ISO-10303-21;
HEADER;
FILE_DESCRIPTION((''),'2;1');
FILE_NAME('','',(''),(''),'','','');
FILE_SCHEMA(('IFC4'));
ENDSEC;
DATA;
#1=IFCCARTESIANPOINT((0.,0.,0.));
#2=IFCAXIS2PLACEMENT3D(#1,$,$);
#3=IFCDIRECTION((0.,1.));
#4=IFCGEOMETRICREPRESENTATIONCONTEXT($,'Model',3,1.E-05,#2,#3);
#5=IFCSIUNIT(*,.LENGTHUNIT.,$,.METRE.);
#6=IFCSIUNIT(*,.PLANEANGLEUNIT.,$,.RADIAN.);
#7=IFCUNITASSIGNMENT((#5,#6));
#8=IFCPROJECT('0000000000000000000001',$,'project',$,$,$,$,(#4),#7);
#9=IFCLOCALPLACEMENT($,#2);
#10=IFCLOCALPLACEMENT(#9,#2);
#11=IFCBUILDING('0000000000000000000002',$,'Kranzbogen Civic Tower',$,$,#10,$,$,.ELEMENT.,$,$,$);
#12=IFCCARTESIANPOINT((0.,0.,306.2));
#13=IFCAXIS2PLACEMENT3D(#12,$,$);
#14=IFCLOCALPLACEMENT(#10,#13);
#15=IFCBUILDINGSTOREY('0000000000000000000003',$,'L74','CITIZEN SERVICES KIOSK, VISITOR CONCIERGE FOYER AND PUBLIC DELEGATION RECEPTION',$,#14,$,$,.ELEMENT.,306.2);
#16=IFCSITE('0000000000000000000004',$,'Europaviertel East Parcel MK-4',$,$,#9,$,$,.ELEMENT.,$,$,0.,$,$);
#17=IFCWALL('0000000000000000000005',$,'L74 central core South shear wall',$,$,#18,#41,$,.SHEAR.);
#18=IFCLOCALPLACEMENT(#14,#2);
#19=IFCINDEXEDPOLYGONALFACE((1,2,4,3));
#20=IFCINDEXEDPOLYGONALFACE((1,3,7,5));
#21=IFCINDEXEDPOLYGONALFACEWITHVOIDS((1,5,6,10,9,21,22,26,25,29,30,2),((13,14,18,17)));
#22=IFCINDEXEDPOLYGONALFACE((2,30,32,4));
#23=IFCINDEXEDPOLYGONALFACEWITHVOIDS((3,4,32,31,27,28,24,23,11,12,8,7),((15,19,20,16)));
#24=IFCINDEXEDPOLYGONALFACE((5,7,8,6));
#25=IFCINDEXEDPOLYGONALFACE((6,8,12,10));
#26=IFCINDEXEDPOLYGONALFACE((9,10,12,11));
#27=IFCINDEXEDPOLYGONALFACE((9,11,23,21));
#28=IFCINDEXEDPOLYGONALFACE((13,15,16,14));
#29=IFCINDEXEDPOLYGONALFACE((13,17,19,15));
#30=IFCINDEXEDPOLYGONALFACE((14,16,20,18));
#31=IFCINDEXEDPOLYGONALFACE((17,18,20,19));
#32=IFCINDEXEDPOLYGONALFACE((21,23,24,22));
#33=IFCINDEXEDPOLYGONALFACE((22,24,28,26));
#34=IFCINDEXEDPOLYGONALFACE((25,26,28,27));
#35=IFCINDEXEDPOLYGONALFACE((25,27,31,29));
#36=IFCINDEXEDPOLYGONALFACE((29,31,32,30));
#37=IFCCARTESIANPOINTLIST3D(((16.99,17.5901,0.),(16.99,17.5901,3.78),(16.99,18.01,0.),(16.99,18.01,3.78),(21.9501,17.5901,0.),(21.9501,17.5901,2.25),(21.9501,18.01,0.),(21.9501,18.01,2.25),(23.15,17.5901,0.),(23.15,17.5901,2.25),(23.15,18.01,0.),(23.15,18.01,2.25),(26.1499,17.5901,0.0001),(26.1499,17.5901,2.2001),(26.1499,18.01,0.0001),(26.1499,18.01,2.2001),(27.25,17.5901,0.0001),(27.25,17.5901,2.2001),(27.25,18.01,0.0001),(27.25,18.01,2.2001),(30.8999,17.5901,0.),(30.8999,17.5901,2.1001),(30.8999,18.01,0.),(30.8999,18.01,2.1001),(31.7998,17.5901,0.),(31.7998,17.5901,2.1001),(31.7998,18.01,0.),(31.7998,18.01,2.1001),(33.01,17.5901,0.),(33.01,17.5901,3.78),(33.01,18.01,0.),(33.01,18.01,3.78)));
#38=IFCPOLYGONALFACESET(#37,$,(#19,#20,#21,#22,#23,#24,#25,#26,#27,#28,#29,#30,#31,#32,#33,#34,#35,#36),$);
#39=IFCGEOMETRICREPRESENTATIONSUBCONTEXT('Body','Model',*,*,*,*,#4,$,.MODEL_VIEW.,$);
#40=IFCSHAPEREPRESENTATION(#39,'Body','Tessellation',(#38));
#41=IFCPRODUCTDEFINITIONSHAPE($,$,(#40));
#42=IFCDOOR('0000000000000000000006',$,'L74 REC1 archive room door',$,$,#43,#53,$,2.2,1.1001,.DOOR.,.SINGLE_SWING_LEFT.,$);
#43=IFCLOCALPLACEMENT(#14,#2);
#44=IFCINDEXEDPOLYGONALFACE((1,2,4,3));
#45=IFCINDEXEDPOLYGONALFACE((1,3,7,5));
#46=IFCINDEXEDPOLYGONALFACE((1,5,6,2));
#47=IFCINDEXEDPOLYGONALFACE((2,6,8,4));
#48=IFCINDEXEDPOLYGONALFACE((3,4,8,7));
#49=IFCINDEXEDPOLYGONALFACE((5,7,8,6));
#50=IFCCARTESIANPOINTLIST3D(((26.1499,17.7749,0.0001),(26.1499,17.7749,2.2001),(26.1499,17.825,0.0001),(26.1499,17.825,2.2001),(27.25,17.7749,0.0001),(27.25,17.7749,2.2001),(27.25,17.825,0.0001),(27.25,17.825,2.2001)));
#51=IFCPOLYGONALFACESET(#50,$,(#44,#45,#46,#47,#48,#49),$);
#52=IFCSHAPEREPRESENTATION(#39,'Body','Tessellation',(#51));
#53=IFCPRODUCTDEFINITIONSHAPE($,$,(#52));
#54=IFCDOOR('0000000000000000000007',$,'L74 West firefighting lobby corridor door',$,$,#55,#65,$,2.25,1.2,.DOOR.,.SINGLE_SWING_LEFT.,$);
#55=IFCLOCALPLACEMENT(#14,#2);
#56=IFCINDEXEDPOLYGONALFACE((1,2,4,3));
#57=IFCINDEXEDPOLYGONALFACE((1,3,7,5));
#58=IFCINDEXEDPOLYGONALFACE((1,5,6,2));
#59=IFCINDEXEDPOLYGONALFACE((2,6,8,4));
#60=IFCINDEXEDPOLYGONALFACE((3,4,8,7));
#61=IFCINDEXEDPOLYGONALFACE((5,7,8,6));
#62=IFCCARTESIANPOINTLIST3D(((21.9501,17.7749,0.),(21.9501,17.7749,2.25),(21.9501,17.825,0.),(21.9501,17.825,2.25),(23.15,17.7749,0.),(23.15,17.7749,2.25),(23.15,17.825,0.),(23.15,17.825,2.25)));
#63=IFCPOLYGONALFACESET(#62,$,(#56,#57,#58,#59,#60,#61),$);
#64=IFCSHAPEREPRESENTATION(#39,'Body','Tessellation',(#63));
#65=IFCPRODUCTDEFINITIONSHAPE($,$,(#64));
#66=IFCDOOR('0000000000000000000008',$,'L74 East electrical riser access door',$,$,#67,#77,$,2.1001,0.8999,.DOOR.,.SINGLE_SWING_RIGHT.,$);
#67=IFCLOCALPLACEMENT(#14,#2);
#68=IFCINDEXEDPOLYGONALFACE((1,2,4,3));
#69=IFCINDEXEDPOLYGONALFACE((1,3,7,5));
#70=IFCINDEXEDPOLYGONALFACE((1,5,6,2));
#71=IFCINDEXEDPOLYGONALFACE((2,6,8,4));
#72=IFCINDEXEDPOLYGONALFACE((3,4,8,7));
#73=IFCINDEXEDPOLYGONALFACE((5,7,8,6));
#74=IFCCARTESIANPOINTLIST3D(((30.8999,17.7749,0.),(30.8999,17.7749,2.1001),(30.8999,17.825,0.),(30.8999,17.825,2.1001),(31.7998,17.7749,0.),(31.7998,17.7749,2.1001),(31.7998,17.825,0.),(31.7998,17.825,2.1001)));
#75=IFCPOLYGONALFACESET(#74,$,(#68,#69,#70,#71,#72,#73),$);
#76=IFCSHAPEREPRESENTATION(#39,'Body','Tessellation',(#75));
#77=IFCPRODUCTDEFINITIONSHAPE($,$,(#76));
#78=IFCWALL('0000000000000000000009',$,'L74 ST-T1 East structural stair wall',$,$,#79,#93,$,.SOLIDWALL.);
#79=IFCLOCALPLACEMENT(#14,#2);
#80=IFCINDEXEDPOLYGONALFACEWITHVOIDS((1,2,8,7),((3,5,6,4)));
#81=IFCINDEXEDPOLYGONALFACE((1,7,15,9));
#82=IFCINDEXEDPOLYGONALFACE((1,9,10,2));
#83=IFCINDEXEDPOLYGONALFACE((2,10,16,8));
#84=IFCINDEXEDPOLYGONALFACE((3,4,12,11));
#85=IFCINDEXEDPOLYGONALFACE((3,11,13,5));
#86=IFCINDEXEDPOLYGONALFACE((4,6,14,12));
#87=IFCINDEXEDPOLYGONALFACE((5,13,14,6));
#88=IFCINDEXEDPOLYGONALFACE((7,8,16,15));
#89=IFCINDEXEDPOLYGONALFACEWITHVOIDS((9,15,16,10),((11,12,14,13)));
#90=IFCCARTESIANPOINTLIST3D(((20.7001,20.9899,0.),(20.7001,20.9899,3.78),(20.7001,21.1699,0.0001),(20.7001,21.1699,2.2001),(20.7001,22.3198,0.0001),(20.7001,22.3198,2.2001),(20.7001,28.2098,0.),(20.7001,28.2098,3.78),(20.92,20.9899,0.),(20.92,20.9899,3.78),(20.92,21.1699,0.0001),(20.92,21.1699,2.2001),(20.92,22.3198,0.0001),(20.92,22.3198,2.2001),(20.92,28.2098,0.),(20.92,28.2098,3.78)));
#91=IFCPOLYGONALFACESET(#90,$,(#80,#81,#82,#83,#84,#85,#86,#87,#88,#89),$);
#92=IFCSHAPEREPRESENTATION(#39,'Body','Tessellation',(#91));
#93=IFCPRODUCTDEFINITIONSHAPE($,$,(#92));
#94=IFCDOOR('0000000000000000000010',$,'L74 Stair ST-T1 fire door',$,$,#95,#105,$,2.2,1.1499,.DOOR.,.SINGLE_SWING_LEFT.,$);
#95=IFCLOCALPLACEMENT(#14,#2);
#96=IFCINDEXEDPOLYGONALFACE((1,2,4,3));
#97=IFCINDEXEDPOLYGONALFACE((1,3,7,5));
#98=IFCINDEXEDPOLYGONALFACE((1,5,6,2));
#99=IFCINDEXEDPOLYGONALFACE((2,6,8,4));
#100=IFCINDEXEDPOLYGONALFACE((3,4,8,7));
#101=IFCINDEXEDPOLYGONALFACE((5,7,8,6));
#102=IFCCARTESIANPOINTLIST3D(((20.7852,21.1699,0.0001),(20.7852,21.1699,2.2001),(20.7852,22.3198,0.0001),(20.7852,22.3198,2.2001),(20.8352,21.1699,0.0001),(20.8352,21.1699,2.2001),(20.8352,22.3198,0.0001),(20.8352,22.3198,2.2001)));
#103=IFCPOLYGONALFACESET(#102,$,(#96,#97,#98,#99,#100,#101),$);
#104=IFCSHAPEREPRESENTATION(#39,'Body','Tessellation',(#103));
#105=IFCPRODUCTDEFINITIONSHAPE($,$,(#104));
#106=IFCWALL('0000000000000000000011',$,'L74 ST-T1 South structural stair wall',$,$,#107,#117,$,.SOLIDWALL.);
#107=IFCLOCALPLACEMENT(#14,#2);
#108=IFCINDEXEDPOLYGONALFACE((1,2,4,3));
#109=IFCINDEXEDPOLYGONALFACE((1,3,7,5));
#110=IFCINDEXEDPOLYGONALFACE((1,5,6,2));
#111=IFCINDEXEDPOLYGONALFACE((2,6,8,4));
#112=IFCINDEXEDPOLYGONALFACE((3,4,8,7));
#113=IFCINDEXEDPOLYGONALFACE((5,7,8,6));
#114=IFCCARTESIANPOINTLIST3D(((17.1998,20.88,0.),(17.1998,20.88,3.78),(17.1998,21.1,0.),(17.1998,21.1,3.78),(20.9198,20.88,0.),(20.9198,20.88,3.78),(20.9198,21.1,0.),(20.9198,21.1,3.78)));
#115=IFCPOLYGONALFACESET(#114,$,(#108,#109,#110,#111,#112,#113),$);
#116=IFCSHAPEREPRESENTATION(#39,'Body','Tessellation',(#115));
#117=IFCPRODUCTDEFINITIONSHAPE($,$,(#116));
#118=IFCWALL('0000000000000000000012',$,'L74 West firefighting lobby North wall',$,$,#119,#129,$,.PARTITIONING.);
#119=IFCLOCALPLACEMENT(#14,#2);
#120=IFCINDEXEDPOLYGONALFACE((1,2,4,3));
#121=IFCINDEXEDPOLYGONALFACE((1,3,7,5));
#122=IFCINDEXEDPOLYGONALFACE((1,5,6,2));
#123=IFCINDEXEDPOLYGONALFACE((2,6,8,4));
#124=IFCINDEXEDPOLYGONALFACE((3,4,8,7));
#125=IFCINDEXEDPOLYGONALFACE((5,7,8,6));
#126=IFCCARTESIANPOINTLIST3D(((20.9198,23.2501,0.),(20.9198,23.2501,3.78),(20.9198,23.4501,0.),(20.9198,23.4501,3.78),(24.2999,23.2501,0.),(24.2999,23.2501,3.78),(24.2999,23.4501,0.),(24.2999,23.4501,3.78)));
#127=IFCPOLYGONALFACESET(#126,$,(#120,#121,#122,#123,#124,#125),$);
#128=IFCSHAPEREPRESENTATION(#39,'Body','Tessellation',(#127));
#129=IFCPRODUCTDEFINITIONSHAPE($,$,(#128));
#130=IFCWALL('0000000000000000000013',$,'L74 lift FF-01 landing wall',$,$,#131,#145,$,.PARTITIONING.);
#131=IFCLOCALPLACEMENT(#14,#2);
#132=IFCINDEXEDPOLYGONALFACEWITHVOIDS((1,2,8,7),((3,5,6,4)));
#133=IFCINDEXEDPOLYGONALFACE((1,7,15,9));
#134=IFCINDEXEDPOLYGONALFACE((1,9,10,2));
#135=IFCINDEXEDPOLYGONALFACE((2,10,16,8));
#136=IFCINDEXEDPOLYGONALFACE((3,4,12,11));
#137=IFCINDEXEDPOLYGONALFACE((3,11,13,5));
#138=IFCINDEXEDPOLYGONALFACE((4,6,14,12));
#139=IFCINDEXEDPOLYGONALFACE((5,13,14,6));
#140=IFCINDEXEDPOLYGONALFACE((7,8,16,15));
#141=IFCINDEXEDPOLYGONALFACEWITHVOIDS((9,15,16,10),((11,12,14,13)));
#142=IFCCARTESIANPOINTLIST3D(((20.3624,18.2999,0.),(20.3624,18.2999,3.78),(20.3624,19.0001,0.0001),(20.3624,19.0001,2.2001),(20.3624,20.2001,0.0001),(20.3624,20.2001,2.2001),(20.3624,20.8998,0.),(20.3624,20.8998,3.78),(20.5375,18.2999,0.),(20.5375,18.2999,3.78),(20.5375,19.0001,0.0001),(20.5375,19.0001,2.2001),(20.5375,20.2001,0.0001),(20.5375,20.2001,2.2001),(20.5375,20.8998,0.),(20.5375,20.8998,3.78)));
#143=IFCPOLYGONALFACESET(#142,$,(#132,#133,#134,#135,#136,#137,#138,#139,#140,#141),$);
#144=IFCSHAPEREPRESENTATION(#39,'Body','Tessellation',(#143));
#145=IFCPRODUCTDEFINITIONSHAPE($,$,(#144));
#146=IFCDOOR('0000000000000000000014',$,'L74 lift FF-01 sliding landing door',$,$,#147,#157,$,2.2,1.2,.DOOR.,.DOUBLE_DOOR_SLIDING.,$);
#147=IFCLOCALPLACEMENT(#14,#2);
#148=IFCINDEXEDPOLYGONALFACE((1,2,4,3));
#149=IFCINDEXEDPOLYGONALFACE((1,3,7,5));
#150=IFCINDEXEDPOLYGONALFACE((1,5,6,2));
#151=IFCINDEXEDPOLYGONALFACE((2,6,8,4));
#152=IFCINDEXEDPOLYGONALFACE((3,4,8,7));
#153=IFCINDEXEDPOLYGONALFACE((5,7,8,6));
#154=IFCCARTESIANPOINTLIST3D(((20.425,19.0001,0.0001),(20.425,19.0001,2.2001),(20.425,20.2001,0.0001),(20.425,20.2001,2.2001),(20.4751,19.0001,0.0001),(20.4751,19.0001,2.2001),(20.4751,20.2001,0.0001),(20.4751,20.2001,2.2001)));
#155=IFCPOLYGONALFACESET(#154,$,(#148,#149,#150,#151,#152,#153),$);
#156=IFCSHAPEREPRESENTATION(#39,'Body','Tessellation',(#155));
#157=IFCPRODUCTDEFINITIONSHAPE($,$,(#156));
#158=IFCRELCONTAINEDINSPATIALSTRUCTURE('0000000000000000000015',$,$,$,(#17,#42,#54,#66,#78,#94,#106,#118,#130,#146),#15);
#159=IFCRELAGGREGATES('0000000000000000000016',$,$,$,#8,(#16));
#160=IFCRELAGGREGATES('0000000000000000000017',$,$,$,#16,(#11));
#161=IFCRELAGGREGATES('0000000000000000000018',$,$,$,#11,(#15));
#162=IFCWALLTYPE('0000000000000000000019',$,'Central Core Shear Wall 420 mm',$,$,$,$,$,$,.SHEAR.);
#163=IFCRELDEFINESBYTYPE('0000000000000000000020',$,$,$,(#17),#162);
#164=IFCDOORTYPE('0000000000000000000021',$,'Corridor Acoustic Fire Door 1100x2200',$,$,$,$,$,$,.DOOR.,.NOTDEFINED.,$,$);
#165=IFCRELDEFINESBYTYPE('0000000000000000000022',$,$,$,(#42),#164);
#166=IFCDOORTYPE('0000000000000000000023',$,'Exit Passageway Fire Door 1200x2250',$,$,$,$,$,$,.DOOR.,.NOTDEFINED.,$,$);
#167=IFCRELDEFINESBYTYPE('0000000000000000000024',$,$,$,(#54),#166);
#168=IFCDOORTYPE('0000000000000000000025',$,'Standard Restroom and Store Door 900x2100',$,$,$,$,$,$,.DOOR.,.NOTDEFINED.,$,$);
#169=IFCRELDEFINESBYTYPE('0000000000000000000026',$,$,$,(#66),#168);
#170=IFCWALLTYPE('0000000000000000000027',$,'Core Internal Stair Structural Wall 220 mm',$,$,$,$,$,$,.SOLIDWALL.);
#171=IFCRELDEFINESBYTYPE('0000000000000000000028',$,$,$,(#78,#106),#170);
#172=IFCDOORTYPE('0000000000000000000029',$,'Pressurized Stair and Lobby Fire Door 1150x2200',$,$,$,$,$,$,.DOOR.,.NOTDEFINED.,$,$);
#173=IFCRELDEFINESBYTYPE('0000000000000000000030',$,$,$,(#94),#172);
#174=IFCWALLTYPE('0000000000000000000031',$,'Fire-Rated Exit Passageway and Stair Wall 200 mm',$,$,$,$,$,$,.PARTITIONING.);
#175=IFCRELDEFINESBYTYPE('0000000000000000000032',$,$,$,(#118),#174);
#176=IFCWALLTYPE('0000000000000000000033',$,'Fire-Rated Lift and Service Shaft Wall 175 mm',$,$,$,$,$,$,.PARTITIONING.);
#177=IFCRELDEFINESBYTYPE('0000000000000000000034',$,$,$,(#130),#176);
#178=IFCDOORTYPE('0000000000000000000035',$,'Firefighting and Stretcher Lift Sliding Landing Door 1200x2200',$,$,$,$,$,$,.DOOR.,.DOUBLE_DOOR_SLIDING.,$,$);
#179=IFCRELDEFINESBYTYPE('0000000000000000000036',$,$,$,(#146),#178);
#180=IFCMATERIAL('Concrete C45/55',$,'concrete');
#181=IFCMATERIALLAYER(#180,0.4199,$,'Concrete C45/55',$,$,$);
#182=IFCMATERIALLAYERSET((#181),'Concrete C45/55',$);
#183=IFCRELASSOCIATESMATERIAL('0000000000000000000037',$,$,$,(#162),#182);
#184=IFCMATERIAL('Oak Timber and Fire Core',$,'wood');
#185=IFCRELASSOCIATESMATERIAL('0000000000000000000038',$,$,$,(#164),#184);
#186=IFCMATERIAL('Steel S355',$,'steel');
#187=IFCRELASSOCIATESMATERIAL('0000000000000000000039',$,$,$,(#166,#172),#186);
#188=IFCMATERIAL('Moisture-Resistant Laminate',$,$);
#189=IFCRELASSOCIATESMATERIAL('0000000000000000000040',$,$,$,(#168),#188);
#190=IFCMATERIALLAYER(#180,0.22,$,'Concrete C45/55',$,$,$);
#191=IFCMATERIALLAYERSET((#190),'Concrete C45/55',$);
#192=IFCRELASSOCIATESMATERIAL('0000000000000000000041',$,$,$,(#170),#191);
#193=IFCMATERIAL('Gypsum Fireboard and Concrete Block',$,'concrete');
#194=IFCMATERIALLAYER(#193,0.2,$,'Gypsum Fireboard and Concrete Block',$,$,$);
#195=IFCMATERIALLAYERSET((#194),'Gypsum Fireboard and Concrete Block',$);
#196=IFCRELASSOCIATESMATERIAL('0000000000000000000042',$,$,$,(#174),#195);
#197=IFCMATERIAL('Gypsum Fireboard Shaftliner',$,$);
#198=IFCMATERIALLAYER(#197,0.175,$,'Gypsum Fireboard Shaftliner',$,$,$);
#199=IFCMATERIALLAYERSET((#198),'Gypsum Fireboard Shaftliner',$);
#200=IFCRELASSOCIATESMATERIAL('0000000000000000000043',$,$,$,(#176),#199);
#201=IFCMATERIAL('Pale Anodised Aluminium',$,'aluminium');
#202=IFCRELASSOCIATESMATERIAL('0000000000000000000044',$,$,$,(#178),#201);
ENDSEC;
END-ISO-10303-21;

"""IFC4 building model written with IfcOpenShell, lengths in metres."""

from ifc_helpers import new_model, si_unit, direction, frame, frame_2d, origin, place, context, subcontext, project, spatial, rectangle, extrude, material, layer, layer_set, type_object, element, fill, save


model = new_model("IFC4")

# Units and contexts
model_context = context("Model", 3, precision=1e-05, world=origin(), true_north=direction((0.0, 1.0)))
body_context = subcontext(model_context, "Body", "Model", "MODEL_VIEW")
ifc_project = project(units=[si_unit("LENGTHUNIT", "METRE"), si_unit("PLANEANGLEUNIT", "RADIAN")], contexts=[model_context])

# Site, building, storey
site_placement = place(None, origin())
site = spatial("IfcSite", under=ifc_project, at=site_placement, Name="Europaviertel East Parcel MK-4", CompositionType="ELEMENT", RefElevation=0.0)
building_placement = place(site_placement, origin())
building = spatial("IfcBuilding", under=site, at=building_placement, Name="Kranzbogen Civic Tower", CompositionType="ELEMENT")
storey_placement = place(building_placement, frame((0.0, 0.0, 306.2)))
storey = spatial("IfcBuildingStorey", under=building, at=storey_placement, Name="L74", Description="CITIZEN SERVICES KIOSK, VISITOR CONCIERGE FOYER AND PUBLIC DELEGATION RECEPTION", CompositionType="ELEMENT", Elevation=306.2)

# Shared definitions
ifc_material_1 = material(Name="Steel S355", Category="steel")

# Wall, openings, doors
ifc_material_2 = material(Name="Concrete C45/55", Category="concrete")
ifc_layer_1 = layer(ifc_material_2, 0.4199, Name="Concrete C45/55")
ifc_layer_set_1 = layer_set([ifc_layer_1], Name="Concrete C45/55")
wall_type_1 = type_object("IfcWallType", Name="Central Core Shear Wall 420 mm", PredefinedType="SHEAR", material=ifc_layer_set_1)
wall_1_placement = place(storey_placement, frame((16.99, 17.8, 0.0), z_axis=(0.0, 0.0, 1.0), x_axis=(1.0, 0.0, 0.0)))
wall_1 = element("IfcWall", 1, at=wall_1_placement, inside=storey, type_object=wall_type_1, Name="L74 central core South shear wall", PredefinedType="SHEAR", context=body_context, shape_type="SweptSolid", body=[
    extrude(rectangle(XDim=16.02, YDim=0.4199, at=frame_2d((8.01, 0.0))), origin(), (0.0, 0.0, 1.0), 3.78),
])
opening_1_placement = place(wall_1_placement, frame((4.96, 0.0, 0.0)))
opening_1 = element("IfcOpeningElement", 2, at=opening_1_placement, cuts=wall_1, PredefinedType="OPENING", context=body_context, shape_type="SweptSolid", body=[
    extrude(rectangle(XDim=1.2, YDim=2.25, at=frame_2d((0.6001, 1.125))), frame((0.0, 0.22, 0.0), z_axis=(0.0, -1.0, 0.0), x_axis=(1.0, 0.0, 0.0)), (0.0, 0.0, 1.0), 0.4399),
])
opening_2_placement = place(wall_1_placement, frame((13.9099, 0.0, 0.0)))
opening_2 = element("IfcOpeningElement", 3, at=opening_2_placement, cuts=wall_1, PredefinedType="OPENING", context=body_context, shape_type="SweptSolid", body=[
    extrude(rectangle(XDim=0.8999, YDim=2.1001, at=frame_2d((0.45, 1.05))), frame((0.0, 0.22, 0.0), z_axis=(0.0, -1.0, 0.0), x_axis=(1.0, 0.0, 0.0)), (0.0, 0.0, 1.0), 0.4399),
])
opening_3_placement = place(wall_1_placement, frame((9.1599, 0.0, 0.0)))
opening_3 = element("IfcOpeningElement", 4, at=opening_3_placement, cuts=wall_1, PredefinedType="OPENING", context=body_context, shape_type="SweptSolid", body=[
    extrude(rectangle(XDim=1.1001, YDim=2.2, at=frame_2d((0.55, 1.1001))), frame((0.0, 0.22, 0.0), z_axis=(0.0, -1.0, 0.0), x_axis=(1.0, 0.0, 0.0)), (0.0, 0.0, 1.0), 0.4399),
])
ifc_material_3 = material(Name="Oak Timber and Fire Core", Category="wood")
door_type_1 = type_object("IfcDoorType", Name="Corridor Acoustic Fire Door 1100x2200", OperationType="NOTDEFINED", PredefinedType="DOOR", material=ifc_material_3)
door_1_placement = place(opening_3_placement, origin())
door_1 = element("IfcDoor", 5, at=door_1_placement, inside=storey, type_object=door_type_1, Name="L74 REC1 archive room door", OperationType="SINGLE_SWING_LEFT", OverallHeight=2.2, OverallWidth=1.1001, PredefinedType="DOOR", context=body_context, shape_type="SweptSolid", body=[
    extrude(rectangle(XDim=1.1001, YDim=2.2, at=frame_2d((0.55, 1.1001))), frame((0.0, 0.0249, 0.0), z_axis=(0.0, -1.0, 0.0), x_axis=(1.0, 0.0, 0.0)), (0.0, 0.0, 1.0), 0.05),
])
fill(opening_3, door_1)
door_type_2 = type_object("IfcDoorType", Name="Exit Passageway Fire Door 1200x2250", OperationType="NOTDEFINED", PredefinedType="DOOR", material=ifc_material_1)
door_2_placement = place(opening_1_placement, origin())
door_2 = element("IfcDoor", 6, at=door_2_placement, inside=storey, type_object=door_type_2, Name="L74 West firefighting lobby corridor door", OperationType="SINGLE_SWING_LEFT", OverallHeight=2.25, OverallWidth=1.2, PredefinedType="DOOR", context=body_context, shape_type="SweptSolid", body=[
    extrude(rectangle(XDim=1.2, YDim=2.25, at=frame_2d((0.6001, 1.125))), frame((0.0, 0.0249, 0.0), z_axis=(0.0, -1.0, 0.0), x_axis=(1.0, 0.0, 0.0)), (0.0, 0.0, 1.0), 0.05),
])
fill(opening_1, door_2)
ifc_material_4 = material(Name="Moisture-Resistant Laminate")
door_type_3 = type_object("IfcDoorType", Name="Standard Restroom and Store Door 900x2100", OperationType="NOTDEFINED", PredefinedType="DOOR", material=ifc_material_4)
door_3_placement = place(opening_2_placement, origin())
door_3 = element("IfcDoor", 7, at=door_3_placement, inside=storey, type_object=door_type_3, Name="L74 East electrical riser access door", OperationType="SINGLE_SWING_RIGHT", OverallHeight=2.1001, OverallWidth=0.8999, PredefinedType="DOOR", context=body_context, shape_type="SweptSolid", body=[
    extrude(rectangle(XDim=0.8999, YDim=2.1001, at=frame_2d((0.45, 1.05))), frame((0.0, 0.0249, 0.0), z_axis=(0.0, -1.0, 0.0), x_axis=(1.0, 0.0, 0.0)), (0.0, 0.0, 1.0), 0.05),
])
fill(opening_2, door_3)

# Wall, opening, door
ifc_layer_2 = layer(ifc_material_2, 0.22, Name="Concrete C45/55")
ifc_layer_set_2 = layer_set([ifc_layer_2], Name="Concrete C45/55")
wall_type_2 = type_object("IfcWallType", Name="Core Internal Stair Structural Wall 220 mm", PredefinedType="SOLIDWALL", material=ifc_layer_set_2)
wall_2_placement = place(storey_placement, frame((20.8101, 20.99, 0.0), z_axis=(0.0, 0.0, 1.0), x_axis=(0.0, 1.0, 0.0)))
wall_2 = element("IfcWall", 8, at=wall_2_placement, inside=storey, type_object=wall_type_2, Name="L74 ST-T1 East structural stair wall", PredefinedType="SOLIDWALL", context=body_context, shape_type="SweptSolid", body=[
    extrude(rectangle(XDim=7.22, YDim=0.22, at=frame_2d((3.6099, 0.0))), origin(), (0.0, 0.0, 1.0), 3.78),
])
opening_4_placement = place(wall_2_placement, frame((0.1799, 0.0, 0.0)))
opening_4 = element("IfcOpeningElement", 9, at=opening_4_placement, cuts=wall_2, PredefinedType="OPENING", context=body_context, shape_type="SweptSolid", body=[
    extrude(rectangle(XDim=1.1499, YDim=2.2, at=frame_2d((0.575, 1.1001))), frame((0.0, 0.1201, 0.0), z_axis=(0.0, -1.0, 0.0), x_axis=(1.0, 0.0, 0.0)), (0.0, 0.0, 1.0), 0.24),
])
door_type_4 = type_object("IfcDoorType", Name="Pressurized Stair and Lobby Fire Door 1150x2200", OperationType="NOTDEFINED", PredefinedType="DOOR", material=ifc_material_1)
door_4_placement = place(opening_4_placement, origin())
door_4 = element("IfcDoor", 10, at=door_4_placement, inside=storey, type_object=door_type_4, Name="L74 Stair ST-T1 fire door", OperationType="SINGLE_SWING_LEFT", OverallHeight=2.2, OverallWidth=1.1499, PredefinedType="DOOR", context=body_context, shape_type="SweptSolid", body=[
    extrude(rectangle(XDim=1.1499, YDim=2.2, at=frame_2d((0.575, 1.1001))), frame((0.0, 0.0249, 0.0), z_axis=(0.0, -1.0, 0.0), x_axis=(1.0, 0.0, 0.0)), (0.0, 0.0, 1.0), 0.05),
])
fill(opening_4, door_4)

# Walls
wall_3_placement = place(storey_placement, frame((17.2, 20.99, 0.0), z_axis=(0.0, 0.0, 1.0), x_axis=(1.0, 0.0, 0.0)))
element("IfcWall", 11, at=wall_3_placement, inside=storey, type_object=wall_type_2, Name="L74 ST-T1 South structural stair wall", PredefinedType="SOLIDWALL", context=body_context, shape_type="SweptSolid", body=[
    extrude(rectangle(XDim=3.72, YDim=0.22, at=frame_2d((1.8599, 0.0))), origin(), (0.0, 0.0, 1.0), 3.78),
])
ifc_material_5 = material(Name="Gypsum Fireboard and Concrete Block", Category="concrete")
ifc_layer_3 = layer(ifc_material_5, 0.2, Name="Gypsum Fireboard and Concrete Block")
ifc_layer_set_3 = layer_set([ifc_layer_3], Name="Gypsum Fireboard and Concrete Block")
wall_type_3 = type_object("IfcWallType", Name="Fire-Rated Exit Passageway and Stair Wall 200 mm", PredefinedType="PARTITIONING", material=ifc_layer_set_3)
wall_4_placement = place(storey_placement, frame((20.9199, 23.3501, 0.0), z_axis=(0.0, 0.0, 1.0), x_axis=(1.0, 0.0, 0.0)))
element("IfcWall", 12, at=wall_4_placement, inside=storey, type_object=wall_type_3, Name="L74 West firefighting lobby North wall", PredefinedType="PARTITIONING", context=body_context, shape_type="SweptSolid", body=[
    extrude(rectangle(XDim=3.3801, YDim=0.2, at=frame_2d((1.6899, 0.0))), origin(), (0.0, 0.0, 1.0), 3.78),
])

# Wall, opening, door
ifc_material_6 = material(Name="Gypsum Fireboard Shaftliner")
ifc_layer_4 = layer(ifc_material_6, 0.175, Name="Gypsum Fireboard Shaftliner")
ifc_layer_set_4 = layer_set([ifc_layer_4], Name="Gypsum Fireboard Shaftliner")
wall_type_4 = type_object("IfcWallType", Name="Fire-Rated Lift and Service Shaft Wall 175 mm", PredefinedType="PARTITIONING", material=ifc_layer_set_4)
wall_5_placement = place(storey_placement, frame((20.45, 18.3, 0.0), z_axis=(0.0, 0.0, 1.0), x_axis=(0.0, 1.0, 0.0)))
wall_5 = element("IfcWall", 13, at=wall_5_placement, inside=storey, type_object=wall_type_4, Name="L74 lift FF-01 landing wall", PredefinedType="PARTITIONING", context=body_context, shape_type="SweptSolid", body=[
    extrude(rectangle(XDim=2.5999, YDim=0.175, at=frame_2d((1.2998, 0.0))), origin(), (0.0, 0.0, 1.0), 3.78),
])
opening_5_placement = place(wall_5_placement, frame((0.7, 0.0, 0.0)))
opening_5 = element("IfcOpeningElement", 14, at=opening_5_placement, cuts=wall_5, PredefinedType="OPENING", context=body_context, shape_type="SweptSolid", body=[
    extrude(rectangle(XDim=1.2, YDim=2.2, at=frame_2d((0.6001, 1.1001))), frame((0.0, 0.0977, 0.0), z_axis=(0.0, -1.0, 0.0), x_axis=(1.0, 0.0, 0.0)), (0.0, 0.0, 1.0), 0.1951),
])
ifc_material_7 = material(Name="Pale Anodised Aluminium", Category="aluminium")
door_type_5 = type_object("IfcDoorType", Name="Firefighting and Stretcher Lift Sliding Landing Door 1200x2200", OperationType="DOUBLE_DOOR_SLIDING", PredefinedType="DOOR", material=ifc_material_7)
door_5_placement = place(opening_5_placement, origin())
door_5 = element("IfcDoor", 15, at=door_5_placement, inside=storey, type_object=door_type_5, Name="L74 lift FF-01 sliding landing door", OperationType="DOUBLE_DOOR_SLIDING", OverallHeight=2.2, OverallWidth=1.2, PredefinedType="DOOR", context=body_context, shape_type="SweptSolid", body=[
    extrude(rectangle(XDim=1.2, YDim=2.2, at=frame_2d((0.6001, 1.1001))), frame((0.0, 0.0249, 0.0), z_axis=(0.0, -1.0, 0.0), x_axis=(1.0, 0.0, 0.0)), (0.0, 0.0, 1.0), 0.05),
])
fill(opening_5, door_5)

save(model, "model.ifc")
